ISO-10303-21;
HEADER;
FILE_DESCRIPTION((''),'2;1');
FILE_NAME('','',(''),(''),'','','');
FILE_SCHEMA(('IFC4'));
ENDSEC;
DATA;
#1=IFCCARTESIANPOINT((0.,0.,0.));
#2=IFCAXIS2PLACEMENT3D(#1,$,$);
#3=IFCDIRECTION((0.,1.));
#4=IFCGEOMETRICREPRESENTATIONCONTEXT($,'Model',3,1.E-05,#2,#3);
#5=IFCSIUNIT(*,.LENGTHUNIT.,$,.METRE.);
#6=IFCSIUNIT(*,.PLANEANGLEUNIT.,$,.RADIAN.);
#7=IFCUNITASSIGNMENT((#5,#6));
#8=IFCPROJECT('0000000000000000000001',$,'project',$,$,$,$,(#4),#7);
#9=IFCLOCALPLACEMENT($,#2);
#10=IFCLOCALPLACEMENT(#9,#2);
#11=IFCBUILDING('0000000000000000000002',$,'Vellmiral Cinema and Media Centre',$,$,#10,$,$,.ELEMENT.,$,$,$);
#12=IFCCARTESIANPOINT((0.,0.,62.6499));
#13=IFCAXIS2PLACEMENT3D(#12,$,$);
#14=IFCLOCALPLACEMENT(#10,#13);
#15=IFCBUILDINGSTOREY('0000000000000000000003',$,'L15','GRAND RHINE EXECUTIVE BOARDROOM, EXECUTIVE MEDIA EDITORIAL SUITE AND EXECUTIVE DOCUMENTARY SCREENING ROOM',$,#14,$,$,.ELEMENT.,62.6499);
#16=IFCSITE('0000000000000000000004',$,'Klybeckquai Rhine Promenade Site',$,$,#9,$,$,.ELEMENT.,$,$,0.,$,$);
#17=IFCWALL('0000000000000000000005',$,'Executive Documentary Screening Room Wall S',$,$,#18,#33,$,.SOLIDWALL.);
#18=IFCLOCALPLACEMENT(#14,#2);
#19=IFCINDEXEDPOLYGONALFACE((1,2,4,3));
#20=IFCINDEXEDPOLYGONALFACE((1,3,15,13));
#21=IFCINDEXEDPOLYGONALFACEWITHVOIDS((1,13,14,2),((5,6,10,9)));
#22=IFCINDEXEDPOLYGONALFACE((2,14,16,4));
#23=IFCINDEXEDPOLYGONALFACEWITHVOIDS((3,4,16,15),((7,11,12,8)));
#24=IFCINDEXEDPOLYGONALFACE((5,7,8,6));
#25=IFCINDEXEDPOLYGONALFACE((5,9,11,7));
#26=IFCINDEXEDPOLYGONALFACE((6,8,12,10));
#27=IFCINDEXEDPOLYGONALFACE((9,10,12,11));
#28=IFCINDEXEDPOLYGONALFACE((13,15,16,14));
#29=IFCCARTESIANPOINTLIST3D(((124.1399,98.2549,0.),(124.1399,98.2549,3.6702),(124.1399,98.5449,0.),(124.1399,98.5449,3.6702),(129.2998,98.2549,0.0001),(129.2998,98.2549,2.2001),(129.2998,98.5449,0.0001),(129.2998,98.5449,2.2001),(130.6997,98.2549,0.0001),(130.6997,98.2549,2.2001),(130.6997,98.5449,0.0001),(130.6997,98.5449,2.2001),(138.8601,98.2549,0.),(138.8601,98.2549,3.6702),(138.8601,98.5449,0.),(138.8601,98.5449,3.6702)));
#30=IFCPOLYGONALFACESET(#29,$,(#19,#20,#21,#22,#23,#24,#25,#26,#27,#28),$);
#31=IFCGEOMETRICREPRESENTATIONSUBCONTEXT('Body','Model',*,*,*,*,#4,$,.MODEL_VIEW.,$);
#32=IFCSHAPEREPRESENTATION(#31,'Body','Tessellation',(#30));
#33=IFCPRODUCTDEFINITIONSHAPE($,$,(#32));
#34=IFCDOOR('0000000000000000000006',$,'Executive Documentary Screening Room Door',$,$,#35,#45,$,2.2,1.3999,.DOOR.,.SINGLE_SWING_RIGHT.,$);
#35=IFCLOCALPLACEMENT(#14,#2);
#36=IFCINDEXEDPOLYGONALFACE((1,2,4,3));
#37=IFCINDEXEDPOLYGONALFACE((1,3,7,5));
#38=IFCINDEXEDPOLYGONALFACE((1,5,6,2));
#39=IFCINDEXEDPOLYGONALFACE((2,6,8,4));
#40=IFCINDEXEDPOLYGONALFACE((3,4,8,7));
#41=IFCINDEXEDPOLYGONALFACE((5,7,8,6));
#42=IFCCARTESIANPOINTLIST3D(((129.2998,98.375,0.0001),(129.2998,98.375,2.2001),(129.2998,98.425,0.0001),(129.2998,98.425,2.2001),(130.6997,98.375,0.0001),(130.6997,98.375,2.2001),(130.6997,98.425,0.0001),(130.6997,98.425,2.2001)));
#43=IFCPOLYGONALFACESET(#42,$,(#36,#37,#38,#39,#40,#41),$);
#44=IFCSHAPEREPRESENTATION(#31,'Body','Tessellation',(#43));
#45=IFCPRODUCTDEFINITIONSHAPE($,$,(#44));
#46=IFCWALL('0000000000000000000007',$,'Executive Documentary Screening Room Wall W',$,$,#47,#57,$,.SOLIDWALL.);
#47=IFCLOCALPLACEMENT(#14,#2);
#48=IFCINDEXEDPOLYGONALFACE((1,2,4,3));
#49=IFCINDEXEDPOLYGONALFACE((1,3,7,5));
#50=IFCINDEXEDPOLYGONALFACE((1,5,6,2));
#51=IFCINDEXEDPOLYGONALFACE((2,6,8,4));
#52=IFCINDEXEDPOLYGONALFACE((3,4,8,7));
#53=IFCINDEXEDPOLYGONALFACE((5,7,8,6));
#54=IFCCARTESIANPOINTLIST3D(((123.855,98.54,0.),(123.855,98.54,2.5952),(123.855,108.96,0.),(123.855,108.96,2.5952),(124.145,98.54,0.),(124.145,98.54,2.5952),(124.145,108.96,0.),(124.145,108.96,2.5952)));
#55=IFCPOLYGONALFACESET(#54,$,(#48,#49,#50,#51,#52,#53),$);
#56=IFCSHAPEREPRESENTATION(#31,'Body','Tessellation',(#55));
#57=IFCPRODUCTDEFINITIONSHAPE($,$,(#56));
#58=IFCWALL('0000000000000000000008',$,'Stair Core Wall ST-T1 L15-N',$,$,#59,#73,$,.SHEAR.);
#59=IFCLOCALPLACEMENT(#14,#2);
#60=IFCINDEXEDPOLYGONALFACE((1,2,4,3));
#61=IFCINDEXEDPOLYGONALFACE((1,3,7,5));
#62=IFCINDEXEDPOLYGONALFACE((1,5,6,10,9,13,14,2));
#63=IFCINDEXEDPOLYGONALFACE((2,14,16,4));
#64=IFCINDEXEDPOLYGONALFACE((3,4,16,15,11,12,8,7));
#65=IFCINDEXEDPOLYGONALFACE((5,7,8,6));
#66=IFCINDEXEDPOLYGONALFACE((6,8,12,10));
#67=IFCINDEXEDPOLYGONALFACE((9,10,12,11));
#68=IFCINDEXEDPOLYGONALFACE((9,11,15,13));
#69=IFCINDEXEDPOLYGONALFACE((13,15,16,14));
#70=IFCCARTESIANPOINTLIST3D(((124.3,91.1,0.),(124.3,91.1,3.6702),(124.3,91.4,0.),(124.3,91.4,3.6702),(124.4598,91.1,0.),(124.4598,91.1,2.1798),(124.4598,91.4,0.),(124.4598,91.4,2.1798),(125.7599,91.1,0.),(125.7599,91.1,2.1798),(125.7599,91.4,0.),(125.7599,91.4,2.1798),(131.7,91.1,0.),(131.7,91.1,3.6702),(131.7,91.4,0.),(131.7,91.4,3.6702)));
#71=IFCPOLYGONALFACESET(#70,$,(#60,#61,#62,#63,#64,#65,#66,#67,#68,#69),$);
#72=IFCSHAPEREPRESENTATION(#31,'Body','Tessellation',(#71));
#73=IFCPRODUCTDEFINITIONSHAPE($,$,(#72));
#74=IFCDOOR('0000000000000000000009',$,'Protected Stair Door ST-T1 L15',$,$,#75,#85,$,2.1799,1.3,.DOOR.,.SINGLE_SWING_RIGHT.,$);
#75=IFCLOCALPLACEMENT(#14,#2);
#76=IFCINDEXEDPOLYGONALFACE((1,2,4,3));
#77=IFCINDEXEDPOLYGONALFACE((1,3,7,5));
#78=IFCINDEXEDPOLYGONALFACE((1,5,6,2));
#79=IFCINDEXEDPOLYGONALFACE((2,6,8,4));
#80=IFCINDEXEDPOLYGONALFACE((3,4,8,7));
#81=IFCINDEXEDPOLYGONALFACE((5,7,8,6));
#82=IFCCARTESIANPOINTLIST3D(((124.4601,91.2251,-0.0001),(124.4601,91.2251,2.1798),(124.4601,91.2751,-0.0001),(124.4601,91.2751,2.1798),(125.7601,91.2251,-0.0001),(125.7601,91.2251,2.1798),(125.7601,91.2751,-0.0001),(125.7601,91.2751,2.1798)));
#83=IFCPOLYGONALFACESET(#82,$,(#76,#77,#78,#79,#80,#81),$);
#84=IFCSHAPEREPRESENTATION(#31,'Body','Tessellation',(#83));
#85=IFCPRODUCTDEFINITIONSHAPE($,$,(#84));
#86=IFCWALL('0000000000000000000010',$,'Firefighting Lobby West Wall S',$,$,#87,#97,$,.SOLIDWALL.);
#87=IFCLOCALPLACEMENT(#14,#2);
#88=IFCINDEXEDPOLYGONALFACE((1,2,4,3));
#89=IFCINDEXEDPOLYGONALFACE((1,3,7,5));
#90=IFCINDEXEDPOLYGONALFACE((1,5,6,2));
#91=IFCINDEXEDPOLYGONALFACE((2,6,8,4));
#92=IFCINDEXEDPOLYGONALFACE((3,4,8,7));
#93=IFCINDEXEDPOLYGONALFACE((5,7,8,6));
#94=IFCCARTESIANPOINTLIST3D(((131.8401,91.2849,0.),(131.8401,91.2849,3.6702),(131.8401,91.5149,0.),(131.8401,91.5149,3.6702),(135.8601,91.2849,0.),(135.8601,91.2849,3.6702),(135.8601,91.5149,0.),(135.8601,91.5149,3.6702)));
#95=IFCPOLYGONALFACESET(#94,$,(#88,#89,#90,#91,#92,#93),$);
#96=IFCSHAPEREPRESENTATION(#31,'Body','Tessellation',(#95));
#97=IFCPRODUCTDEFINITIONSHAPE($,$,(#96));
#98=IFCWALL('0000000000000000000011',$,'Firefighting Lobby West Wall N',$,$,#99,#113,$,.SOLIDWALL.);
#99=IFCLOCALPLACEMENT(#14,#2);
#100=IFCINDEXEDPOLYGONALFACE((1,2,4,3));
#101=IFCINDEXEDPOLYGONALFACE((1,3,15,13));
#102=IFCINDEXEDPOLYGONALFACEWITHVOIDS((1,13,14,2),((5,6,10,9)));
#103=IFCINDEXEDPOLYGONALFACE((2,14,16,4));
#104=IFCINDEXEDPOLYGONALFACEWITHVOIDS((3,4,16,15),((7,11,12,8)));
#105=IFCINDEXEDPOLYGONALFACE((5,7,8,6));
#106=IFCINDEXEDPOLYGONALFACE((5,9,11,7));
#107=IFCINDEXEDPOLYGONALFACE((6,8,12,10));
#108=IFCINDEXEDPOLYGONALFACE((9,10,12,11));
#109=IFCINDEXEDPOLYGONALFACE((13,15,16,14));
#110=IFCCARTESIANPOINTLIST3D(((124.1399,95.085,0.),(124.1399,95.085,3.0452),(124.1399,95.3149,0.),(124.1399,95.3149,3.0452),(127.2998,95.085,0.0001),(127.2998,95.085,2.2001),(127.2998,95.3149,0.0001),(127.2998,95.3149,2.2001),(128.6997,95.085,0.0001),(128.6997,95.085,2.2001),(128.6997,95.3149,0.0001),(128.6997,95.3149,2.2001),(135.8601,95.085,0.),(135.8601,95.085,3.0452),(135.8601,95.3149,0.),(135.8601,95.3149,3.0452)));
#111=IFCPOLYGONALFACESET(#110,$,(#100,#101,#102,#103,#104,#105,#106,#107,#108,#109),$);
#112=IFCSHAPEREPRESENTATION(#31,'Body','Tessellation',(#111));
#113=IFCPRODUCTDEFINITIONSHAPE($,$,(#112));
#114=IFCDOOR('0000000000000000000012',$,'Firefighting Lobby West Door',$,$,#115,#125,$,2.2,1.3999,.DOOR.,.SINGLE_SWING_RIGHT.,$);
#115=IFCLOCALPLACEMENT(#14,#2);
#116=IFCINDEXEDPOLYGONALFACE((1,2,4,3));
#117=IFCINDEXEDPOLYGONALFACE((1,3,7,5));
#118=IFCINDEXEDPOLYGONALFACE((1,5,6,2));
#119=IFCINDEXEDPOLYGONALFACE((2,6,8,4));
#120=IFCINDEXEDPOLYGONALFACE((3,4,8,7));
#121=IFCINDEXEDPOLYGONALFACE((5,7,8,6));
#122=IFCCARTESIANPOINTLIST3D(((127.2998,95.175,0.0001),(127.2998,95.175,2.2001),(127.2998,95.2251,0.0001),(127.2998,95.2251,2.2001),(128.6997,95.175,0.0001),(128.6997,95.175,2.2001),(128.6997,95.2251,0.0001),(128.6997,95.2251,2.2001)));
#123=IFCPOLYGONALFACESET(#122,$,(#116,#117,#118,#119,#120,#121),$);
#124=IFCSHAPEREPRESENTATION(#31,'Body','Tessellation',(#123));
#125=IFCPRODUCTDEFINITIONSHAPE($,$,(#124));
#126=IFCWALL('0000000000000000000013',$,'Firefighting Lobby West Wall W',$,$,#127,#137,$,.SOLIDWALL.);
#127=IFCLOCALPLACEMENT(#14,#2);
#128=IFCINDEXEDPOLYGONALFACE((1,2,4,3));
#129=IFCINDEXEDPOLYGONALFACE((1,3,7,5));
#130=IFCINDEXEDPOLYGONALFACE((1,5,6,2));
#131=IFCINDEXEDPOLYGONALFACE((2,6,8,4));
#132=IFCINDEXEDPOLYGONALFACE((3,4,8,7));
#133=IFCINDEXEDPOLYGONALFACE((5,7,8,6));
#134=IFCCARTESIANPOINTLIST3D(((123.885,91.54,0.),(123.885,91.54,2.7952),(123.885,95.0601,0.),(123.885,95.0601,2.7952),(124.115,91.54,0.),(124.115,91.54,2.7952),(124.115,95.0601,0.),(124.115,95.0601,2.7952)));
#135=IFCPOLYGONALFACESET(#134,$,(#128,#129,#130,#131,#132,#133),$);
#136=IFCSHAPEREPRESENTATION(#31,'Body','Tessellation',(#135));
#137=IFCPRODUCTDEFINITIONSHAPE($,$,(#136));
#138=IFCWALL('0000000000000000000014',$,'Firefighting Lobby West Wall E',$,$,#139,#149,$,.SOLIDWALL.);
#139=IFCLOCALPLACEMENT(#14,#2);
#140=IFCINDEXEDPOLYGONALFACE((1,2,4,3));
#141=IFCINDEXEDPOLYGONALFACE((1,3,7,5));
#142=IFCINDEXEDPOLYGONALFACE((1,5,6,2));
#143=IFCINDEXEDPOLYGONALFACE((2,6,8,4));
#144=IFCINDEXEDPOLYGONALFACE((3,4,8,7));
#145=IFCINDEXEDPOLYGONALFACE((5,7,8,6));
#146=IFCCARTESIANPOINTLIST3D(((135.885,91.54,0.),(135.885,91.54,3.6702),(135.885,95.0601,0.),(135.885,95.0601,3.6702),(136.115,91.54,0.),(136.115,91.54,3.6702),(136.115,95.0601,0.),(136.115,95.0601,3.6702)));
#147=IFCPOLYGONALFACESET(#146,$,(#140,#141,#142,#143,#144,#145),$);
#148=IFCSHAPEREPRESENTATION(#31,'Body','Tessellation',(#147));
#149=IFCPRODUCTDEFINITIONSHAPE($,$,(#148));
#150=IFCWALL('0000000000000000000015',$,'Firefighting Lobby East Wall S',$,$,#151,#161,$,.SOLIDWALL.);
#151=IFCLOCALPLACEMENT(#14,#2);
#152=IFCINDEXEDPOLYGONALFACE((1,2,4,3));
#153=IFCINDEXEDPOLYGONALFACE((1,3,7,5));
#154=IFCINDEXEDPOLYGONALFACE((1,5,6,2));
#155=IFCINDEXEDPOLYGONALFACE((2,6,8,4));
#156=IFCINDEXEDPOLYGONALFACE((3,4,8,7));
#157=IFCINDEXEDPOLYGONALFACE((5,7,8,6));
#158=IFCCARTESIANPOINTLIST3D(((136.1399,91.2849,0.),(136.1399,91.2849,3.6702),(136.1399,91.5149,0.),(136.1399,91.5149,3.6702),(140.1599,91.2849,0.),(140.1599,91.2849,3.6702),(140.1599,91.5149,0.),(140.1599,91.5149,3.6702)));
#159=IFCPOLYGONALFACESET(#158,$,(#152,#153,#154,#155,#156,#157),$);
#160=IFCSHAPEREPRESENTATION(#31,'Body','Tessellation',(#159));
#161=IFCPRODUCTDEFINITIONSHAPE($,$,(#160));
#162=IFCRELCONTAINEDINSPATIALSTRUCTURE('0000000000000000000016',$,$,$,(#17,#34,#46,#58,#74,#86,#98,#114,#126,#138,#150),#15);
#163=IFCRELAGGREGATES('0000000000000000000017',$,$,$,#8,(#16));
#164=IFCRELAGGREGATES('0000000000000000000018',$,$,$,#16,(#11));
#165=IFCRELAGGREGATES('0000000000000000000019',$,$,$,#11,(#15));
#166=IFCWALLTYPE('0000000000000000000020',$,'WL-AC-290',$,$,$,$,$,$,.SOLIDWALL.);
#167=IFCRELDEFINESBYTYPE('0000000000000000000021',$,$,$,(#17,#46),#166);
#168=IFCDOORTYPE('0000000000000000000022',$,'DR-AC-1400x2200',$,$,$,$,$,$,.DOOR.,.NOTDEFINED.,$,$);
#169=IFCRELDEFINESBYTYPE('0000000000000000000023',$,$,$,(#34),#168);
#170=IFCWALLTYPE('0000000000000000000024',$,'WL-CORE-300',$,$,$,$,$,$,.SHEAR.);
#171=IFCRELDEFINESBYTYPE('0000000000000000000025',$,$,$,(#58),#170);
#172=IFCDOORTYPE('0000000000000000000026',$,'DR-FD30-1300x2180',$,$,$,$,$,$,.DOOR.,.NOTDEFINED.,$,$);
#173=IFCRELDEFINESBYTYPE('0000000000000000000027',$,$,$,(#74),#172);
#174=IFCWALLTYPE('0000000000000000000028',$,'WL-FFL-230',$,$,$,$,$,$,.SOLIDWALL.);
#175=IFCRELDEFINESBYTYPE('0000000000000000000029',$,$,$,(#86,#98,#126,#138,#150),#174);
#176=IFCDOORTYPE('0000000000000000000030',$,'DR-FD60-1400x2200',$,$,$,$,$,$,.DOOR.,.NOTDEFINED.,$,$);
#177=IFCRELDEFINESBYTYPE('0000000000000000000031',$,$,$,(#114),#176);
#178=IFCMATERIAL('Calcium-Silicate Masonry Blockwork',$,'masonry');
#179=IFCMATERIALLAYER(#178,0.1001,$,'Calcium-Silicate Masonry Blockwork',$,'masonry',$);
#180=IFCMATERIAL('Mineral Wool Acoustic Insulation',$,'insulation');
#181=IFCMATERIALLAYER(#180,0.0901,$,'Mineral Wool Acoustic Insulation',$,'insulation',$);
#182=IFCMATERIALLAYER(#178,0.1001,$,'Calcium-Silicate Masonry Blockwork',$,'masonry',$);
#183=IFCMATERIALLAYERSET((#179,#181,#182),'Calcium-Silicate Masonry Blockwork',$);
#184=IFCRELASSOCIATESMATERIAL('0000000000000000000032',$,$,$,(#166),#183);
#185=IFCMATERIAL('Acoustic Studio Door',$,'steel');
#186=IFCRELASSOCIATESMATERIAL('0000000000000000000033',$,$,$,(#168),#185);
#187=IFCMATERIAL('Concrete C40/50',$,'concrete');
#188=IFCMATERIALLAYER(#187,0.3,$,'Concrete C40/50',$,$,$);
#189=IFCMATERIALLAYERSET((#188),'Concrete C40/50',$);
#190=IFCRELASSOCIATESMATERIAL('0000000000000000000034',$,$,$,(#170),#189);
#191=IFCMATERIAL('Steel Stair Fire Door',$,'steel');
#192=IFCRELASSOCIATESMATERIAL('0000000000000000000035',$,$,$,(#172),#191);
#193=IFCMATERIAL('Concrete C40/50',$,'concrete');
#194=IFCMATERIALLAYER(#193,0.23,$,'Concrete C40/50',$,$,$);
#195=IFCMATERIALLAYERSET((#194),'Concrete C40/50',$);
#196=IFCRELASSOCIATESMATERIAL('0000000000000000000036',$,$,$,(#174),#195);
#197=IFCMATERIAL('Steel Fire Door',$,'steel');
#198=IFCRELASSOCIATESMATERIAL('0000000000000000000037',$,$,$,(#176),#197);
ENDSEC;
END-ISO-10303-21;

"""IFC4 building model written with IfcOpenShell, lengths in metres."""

from ifc_helpers import new_model, si_unit, direction, frame, frame_2d, origin, place, context, subcontext, project, spatial, rectangle, extrude, material, layer, layer_set, type_object, element, fill, save


model = new_model("IFC4")

# Units and contexts
model_context = context("Model", 3, precision=1e-05, world=origin(), true_north=direction((0.0, 1.0)))
body_context = subcontext(model_context, "Body", "Model", "MODEL_VIEW")
ifc_project = project(units=[si_unit("LENGTHUNIT", "METRE"), si_unit("PLANEANGLEUNIT", "RADIAN")], contexts=[model_context])

# Site, building, storey
site_placement = place(None, origin())
site = spatial("IfcSite", under=ifc_project, at=site_placement, Name="Klybeckquai Rhine Promenade Site", CompositionType="ELEMENT", RefElevation=0.0)
building_placement = place(site_placement, origin())
building = spatial("IfcBuilding", under=site, at=building_placement, Name="Vellmiral Cinema and Media Centre", CompositionType="ELEMENT")
storey_placement = place(building_placement, frame((0.0, 0.0, 62.6499)))
storey = spatial("IfcBuildingStorey", under=building, at=storey_placement, Name="L15", Description="GRAND RHINE EXECUTIVE BOARDROOM, EXECUTIVE MEDIA EDITORIAL SUITE AND EXECUTIVE DOCUMENTARY SCREENING ROOM", CompositionType="ELEMENT", Elevation=62.6499)

# Wall, opening, door
ifc_material_1 = material(Name="Calcium-Silicate Masonry Blockwork", Category="masonry")
ifc_layer_1 = layer(ifc_material_1, 0.1001, Name="Calcium-Silicate Masonry Blockwork", Category="masonry")
ifc_material_2 = material(Name="Mineral Wool Acoustic Insulation", Category="insulation")
ifc_layer_2 = layer(ifc_material_2, 0.0901, Name="Mineral Wool Acoustic Insulation", Category="insulation")
ifc_layer_3 = layer(ifc_material_1, 0.1001, Name="Calcium-Silicate Masonry Blockwork", Category="masonry")
ifc_layer_set_1 = layer_set([ifc_layer_1, ifc_layer_2, ifc_layer_3], Name="Calcium-Silicate Masonry Blockwork")
wall_type_1 = type_object("IfcWallType", Name="WL-AC-290", PredefinedType="SOLIDWALL", material=ifc_layer_set_1)
wall_1_placement = place(storey_placement, frame((124.1399, 98.3999, 0.0), z_axis=(0.0, 0.0, 1.0), x_axis=(1.0, 0.0, 0.0)))
wall_1 = element("IfcWall", 1, at=wall_1_placement, inside=storey, type_object=wall_type_1, Name="Executive Documentary Screening Room Wall S", PredefinedType="SOLIDWALL", context=body_context, shape_type="SweptSolid", body=[
    extrude(rectangle(XDim=14.7202, YDim=0.29, at=frame_2d((7.3601, 0.0))), origin(), (0.0, 0.0, 1.0), 3.6702),
])
opening_1_placement = place(wall_1_placement, frame((5.1599, 0.0, 0.0)))
opening_1 = element("IfcOpeningElement", 2, at=opening_1_placement, cuts=wall_1, PredefinedType="OPENING", context=body_context, shape_type="SweptSolid", body=[
    extrude(rectangle(XDim=1.3999, YDim=2.2, at=frame_2d((0.7, 1.1001))), frame((0.0, 0.157, 0.0), z_axis=(0.0, -1.0, 0.0), x_axis=(1.0, 0.0, 0.0)), (0.0, 0.0, 1.0), 0.314),
])
ifc_material_3 = material(Name="Acoustic Studio Door", Category="steel")
door_type_1 = type_object("IfcDoorType", Name="DR-AC-1400x2200", OperationType="NOTDEFINED", PredefinedType="DOOR", material=ifc_material_3)
door_1_placement = place(opening_1_placement, frame((1.3999, 0.0, 0.0), z_axis=(0.0, 0.0, 1.0), x_axis=(-1.0, 0.0, 0.0)))
door_1 = element("IfcDoor", 3, at=door_1_placement, inside=storey, type_object=door_type_1, Name="Executive Documentary Screening Room Door", OperationType="SINGLE_SWING_RIGHT", OverallHeight=2.2, OverallWidth=1.3999, PredefinedType="DOOR", context=body_context, shape_type="SweptSolid", body=[
    extrude(rectangle(XDim=1.3999, YDim=2.2, at=frame_2d((0.7, 1.1001))), frame((0.0, 0.0249, 0.0), z_axis=(0.0, -1.0, 0.0), x_axis=(1.0, 0.0, 0.0)), (0.0, 0.0, 1.0), 0.05),
])
fill(opening_1, door_1)

# Wall
wall_2_placement = place(storey_placement, frame((124.0, 98.54, 0.0), z_axis=(0.0, 0.0, 1.0), x_axis=(0.0, 1.0, 0.0)))
element("IfcWall", 4, at=wall_2_placement, inside=storey, type_object=wall_type_1, Name="Executive Documentary Screening Room Wall W", PredefinedType="SOLIDWALL", context=body_context, shape_type="SweptSolid", body=[
    extrude(rectangle(XDim=10.4199, YDim=0.29, at=frame_2d((5.21, 0.0))), origin(), (0.0, 0.0, 1.0), 2.5952),
])

# Wall, opening, door
ifc_material_4 = material(Name="Concrete C40/50", Category="concrete")
ifc_layer_4 = layer(ifc_material_4, 0.3, Name="Concrete C40/50")
ifc_layer_set_2 = layer_set([ifc_layer_4], Name="Concrete C40/50")
wall_type_2 = type_object("IfcWallType", Name="WL-CORE-300", PredefinedType="SHEAR", material=ifc_layer_set_2)
wall_3_placement = place(storey_placement, frame((124.3, 91.25, 0.0), z_axis=(0.0, 0.0, 1.0), x_axis=(1.0, 0.0, 0.0)))
wall_3 = element("IfcWall", 5, at=wall_3_placement, inside=storey, type_object=wall_type_2, Name="Stair Core Wall ST-T1 L15-N", PredefinedType="SHEAR", context=body_context, shape_type="SweptSolid", body=[
    extrude(rectangle(XDim=7.3999, YDim=0.3, at=frame_2d((3.7, 0.0))), origin(), (0.0, 0.0, 1.0), 3.6702),
])
opening_2_placement = place(wall_3_placement, frame((0.1599, 0.0, 0.0)))
opening_2 = element("IfcOpeningElement", 6, at=opening_2_placement, cuts=wall_3, PredefinedType="OPENING", context=body_context, shape_type="SweptSolid", body=[
    extrude(rectangle(XDim=1.3, YDim=2.1799, at=frame_2d((0.6499, 1.0898))), frame((0.0, 0.1621, 0.0), z_axis=(0.0, -1.0, 0.0), x_axis=(1.0, 0.0, 0.0)), (0.0, 0.0, 1.0), 0.324),
])
ifc_material_5 = material(Name="Steel Stair Fire Door", Category="steel")
door_type_2 = type_object("IfcDoorType", Name="DR-FD30-1300x2180", OperationType="NOTDEFINED", PredefinedType="DOOR", material=ifc_material_5)
door_2_placement = place(opening_2_placement, frame((1.3, 0.0, 0.0), z_axis=(0.0, 0.0, 1.0), x_axis=(-1.0, 0.0, 0.0)))
door_2 = element("IfcDoor", 7, at=door_2_placement, inside=storey, type_object=door_type_2, Name="Protected Stair Door ST-T1 L15", OperationType="SINGLE_SWING_RIGHT", OverallHeight=2.1799, OverallWidth=1.3, PredefinedType="DOOR", context=body_context, shape_type="SweptSolid", body=[
    extrude(rectangle(XDim=1.3, YDim=2.1799, at=frame_2d((0.6499, 1.0898))), frame((0.0, 0.0249, 0.0), z_axis=(0.0, -1.0, 0.0), x_axis=(1.0, 0.0, 0.0)), (0.0, 0.0, 1.0), 0.05),
])
fill(opening_2, door_2)

# Wall
ifc_material_6 = material(Name="Concrete C40/50", Category="concrete")
ifc_layer_5 = layer(ifc_material_6, 0.23, Name="Concrete C40/50")
ifc_layer_set_3 = layer_set([ifc_layer_5], Name="Concrete C40/50")
wall_type_3 = type_object("IfcWallType", Name="WL-FFL-230", PredefinedType="SOLIDWALL", material=ifc_layer_set_3)
wall_4_placement = place(storey_placement, frame((131.8401, 91.3999, 0.0), z_axis=(0.0, 0.0, 1.0), x_axis=(1.0, 0.0, 0.0)))
element("IfcWall", 8, at=wall_4_placement, inside=storey, type_object=wall_type_3, Name="Firefighting Lobby West Wall S", PredefinedType="SOLIDWALL", context=body_context, shape_type="SweptSolid", body=[
    extrude(rectangle(XDim=4.02, YDim=0.23, at=frame_2d((2.01, 0.0))), origin(), (0.0, 0.0, 1.0), 3.6702),
])

# Wall, opening, door
wall_5_placement = place(storey_placement, frame((124.1399, 95.2, 0.0), z_axis=(0.0, 0.0, 1.0), x_axis=(1.0, 0.0, 0.0)))
wall_5 = element("IfcWall", 9, at=wall_5_placement, inside=storey, type_object=wall_type_3, Name="Firefighting Lobby West Wall N", PredefinedType="SOLIDWALL", context=body_context, shape_type="SweptSolid", body=[
    extrude(rectangle(XDim=11.7202, YDim=0.23, at=frame_2d((5.8601, 0.0))), origin(), (0.0, 0.0, 1.0), 3.0452),
])
opening_3_placement = place(wall_5_placement, frame((3.1599, 0.0, 0.0)))
opening_3 = element("IfcOpeningElement", 10, at=opening_3_placement, cuts=wall_5, PredefinedType="OPENING", context=body_context, shape_type="SweptSolid", body=[
    extrude(rectangle(XDim=1.3999, YDim=2.2, at=frame_2d((0.7, 1.1001))), frame((0.0, 0.127, 0.0), z_axis=(0.0, -1.0, 0.0), x_axis=(1.0, 0.0, 0.0)), (0.0, 0.0, 1.0), 0.2539),
])
ifc_material_7 = material(Name="Steel Fire Door", Category="steel")
door_type_3 = type_object("IfcDoorType", Name="DR-FD60-1400x2200", OperationType="NOTDEFINED", PredefinedType="DOOR", material=ifc_material_7)
door_3_placement = place(opening_3_placement, frame((1.3999, 0.0, 0.0), z_axis=(0.0, 0.0, 1.0), x_axis=(-1.0, 0.0, 0.0)))
door_3 = element("IfcDoor", 11, at=door_3_placement, inside=storey, type_object=door_type_3, Name="Firefighting Lobby West Door", OperationType="SINGLE_SWING_RIGHT", OverallHeight=2.2, OverallWidth=1.3999, PredefinedType="DOOR", context=body_context, shape_type="SweptSolid", body=[
    extrude(rectangle(XDim=1.3999, YDim=2.2, at=frame_2d((0.7, 1.1001))), frame((0.0, 0.0249, 0.0), z_axis=(0.0, -1.0, 0.0), x_axis=(1.0, 0.0, 0.0)), (0.0, 0.0, 1.0), 0.05),
])
fill(opening_3, door_3)

# Walls
wall_6_placement = place(storey_placement, frame((124.0, 91.54, 0.0), z_axis=(0.0, 0.0, 1.0), x_axis=(0.0, 1.0, 0.0)))
element("IfcWall", 12, at=wall_6_placement, inside=storey, type_object=wall_type_3, Name="Firefighting Lobby West Wall W", PredefinedType="SOLIDWALL", context=body_context, shape_type="SweptSolid", body=[
    extrude(rectangle(XDim=3.52, YDim=0.23, at=frame_2d((1.76, 0.0))), origin(), (0.0, 0.0, 1.0), 2.7952),
])
wall_7_placement = place(storey_placement, frame((136.0, 91.54, 0.0), z_axis=(0.0, 0.0, 1.0), x_axis=(0.0, 1.0, 0.0)))
element("IfcWall", 13, at=wall_7_placement, inside=storey, type_object=wall_type_3, Name="Firefighting Lobby West Wall E", PredefinedType="SOLIDWALL", context=body_context, shape_type="SweptSolid", body=[
    extrude(rectangle(XDim=3.52, YDim=0.23, at=frame_2d((1.76, 0.0))), origin(), (0.0, 0.0, 1.0), 3.6702),
])
wall_8_placement = place(storey_placement, frame((136.1399, 91.3999, 0.0), z_axis=(0.0, 0.0, 1.0), x_axis=(1.0, 0.0, 0.0)))
element("IfcWall", 14, at=wall_8_placement, inside=storey, type_object=wall_type_3, Name="Firefighting Lobby East Wall S", PredefinedType="SOLIDWALL", context=body_context, shape_type="SweptSolid", body=[
    extrude(rectangle(XDim=4.02, YDim=0.23, at=frame_2d((2.01, 0.0))), origin(), (0.0, 0.0, 1.0), 3.6702),
])

save(model, "model.ifc")
